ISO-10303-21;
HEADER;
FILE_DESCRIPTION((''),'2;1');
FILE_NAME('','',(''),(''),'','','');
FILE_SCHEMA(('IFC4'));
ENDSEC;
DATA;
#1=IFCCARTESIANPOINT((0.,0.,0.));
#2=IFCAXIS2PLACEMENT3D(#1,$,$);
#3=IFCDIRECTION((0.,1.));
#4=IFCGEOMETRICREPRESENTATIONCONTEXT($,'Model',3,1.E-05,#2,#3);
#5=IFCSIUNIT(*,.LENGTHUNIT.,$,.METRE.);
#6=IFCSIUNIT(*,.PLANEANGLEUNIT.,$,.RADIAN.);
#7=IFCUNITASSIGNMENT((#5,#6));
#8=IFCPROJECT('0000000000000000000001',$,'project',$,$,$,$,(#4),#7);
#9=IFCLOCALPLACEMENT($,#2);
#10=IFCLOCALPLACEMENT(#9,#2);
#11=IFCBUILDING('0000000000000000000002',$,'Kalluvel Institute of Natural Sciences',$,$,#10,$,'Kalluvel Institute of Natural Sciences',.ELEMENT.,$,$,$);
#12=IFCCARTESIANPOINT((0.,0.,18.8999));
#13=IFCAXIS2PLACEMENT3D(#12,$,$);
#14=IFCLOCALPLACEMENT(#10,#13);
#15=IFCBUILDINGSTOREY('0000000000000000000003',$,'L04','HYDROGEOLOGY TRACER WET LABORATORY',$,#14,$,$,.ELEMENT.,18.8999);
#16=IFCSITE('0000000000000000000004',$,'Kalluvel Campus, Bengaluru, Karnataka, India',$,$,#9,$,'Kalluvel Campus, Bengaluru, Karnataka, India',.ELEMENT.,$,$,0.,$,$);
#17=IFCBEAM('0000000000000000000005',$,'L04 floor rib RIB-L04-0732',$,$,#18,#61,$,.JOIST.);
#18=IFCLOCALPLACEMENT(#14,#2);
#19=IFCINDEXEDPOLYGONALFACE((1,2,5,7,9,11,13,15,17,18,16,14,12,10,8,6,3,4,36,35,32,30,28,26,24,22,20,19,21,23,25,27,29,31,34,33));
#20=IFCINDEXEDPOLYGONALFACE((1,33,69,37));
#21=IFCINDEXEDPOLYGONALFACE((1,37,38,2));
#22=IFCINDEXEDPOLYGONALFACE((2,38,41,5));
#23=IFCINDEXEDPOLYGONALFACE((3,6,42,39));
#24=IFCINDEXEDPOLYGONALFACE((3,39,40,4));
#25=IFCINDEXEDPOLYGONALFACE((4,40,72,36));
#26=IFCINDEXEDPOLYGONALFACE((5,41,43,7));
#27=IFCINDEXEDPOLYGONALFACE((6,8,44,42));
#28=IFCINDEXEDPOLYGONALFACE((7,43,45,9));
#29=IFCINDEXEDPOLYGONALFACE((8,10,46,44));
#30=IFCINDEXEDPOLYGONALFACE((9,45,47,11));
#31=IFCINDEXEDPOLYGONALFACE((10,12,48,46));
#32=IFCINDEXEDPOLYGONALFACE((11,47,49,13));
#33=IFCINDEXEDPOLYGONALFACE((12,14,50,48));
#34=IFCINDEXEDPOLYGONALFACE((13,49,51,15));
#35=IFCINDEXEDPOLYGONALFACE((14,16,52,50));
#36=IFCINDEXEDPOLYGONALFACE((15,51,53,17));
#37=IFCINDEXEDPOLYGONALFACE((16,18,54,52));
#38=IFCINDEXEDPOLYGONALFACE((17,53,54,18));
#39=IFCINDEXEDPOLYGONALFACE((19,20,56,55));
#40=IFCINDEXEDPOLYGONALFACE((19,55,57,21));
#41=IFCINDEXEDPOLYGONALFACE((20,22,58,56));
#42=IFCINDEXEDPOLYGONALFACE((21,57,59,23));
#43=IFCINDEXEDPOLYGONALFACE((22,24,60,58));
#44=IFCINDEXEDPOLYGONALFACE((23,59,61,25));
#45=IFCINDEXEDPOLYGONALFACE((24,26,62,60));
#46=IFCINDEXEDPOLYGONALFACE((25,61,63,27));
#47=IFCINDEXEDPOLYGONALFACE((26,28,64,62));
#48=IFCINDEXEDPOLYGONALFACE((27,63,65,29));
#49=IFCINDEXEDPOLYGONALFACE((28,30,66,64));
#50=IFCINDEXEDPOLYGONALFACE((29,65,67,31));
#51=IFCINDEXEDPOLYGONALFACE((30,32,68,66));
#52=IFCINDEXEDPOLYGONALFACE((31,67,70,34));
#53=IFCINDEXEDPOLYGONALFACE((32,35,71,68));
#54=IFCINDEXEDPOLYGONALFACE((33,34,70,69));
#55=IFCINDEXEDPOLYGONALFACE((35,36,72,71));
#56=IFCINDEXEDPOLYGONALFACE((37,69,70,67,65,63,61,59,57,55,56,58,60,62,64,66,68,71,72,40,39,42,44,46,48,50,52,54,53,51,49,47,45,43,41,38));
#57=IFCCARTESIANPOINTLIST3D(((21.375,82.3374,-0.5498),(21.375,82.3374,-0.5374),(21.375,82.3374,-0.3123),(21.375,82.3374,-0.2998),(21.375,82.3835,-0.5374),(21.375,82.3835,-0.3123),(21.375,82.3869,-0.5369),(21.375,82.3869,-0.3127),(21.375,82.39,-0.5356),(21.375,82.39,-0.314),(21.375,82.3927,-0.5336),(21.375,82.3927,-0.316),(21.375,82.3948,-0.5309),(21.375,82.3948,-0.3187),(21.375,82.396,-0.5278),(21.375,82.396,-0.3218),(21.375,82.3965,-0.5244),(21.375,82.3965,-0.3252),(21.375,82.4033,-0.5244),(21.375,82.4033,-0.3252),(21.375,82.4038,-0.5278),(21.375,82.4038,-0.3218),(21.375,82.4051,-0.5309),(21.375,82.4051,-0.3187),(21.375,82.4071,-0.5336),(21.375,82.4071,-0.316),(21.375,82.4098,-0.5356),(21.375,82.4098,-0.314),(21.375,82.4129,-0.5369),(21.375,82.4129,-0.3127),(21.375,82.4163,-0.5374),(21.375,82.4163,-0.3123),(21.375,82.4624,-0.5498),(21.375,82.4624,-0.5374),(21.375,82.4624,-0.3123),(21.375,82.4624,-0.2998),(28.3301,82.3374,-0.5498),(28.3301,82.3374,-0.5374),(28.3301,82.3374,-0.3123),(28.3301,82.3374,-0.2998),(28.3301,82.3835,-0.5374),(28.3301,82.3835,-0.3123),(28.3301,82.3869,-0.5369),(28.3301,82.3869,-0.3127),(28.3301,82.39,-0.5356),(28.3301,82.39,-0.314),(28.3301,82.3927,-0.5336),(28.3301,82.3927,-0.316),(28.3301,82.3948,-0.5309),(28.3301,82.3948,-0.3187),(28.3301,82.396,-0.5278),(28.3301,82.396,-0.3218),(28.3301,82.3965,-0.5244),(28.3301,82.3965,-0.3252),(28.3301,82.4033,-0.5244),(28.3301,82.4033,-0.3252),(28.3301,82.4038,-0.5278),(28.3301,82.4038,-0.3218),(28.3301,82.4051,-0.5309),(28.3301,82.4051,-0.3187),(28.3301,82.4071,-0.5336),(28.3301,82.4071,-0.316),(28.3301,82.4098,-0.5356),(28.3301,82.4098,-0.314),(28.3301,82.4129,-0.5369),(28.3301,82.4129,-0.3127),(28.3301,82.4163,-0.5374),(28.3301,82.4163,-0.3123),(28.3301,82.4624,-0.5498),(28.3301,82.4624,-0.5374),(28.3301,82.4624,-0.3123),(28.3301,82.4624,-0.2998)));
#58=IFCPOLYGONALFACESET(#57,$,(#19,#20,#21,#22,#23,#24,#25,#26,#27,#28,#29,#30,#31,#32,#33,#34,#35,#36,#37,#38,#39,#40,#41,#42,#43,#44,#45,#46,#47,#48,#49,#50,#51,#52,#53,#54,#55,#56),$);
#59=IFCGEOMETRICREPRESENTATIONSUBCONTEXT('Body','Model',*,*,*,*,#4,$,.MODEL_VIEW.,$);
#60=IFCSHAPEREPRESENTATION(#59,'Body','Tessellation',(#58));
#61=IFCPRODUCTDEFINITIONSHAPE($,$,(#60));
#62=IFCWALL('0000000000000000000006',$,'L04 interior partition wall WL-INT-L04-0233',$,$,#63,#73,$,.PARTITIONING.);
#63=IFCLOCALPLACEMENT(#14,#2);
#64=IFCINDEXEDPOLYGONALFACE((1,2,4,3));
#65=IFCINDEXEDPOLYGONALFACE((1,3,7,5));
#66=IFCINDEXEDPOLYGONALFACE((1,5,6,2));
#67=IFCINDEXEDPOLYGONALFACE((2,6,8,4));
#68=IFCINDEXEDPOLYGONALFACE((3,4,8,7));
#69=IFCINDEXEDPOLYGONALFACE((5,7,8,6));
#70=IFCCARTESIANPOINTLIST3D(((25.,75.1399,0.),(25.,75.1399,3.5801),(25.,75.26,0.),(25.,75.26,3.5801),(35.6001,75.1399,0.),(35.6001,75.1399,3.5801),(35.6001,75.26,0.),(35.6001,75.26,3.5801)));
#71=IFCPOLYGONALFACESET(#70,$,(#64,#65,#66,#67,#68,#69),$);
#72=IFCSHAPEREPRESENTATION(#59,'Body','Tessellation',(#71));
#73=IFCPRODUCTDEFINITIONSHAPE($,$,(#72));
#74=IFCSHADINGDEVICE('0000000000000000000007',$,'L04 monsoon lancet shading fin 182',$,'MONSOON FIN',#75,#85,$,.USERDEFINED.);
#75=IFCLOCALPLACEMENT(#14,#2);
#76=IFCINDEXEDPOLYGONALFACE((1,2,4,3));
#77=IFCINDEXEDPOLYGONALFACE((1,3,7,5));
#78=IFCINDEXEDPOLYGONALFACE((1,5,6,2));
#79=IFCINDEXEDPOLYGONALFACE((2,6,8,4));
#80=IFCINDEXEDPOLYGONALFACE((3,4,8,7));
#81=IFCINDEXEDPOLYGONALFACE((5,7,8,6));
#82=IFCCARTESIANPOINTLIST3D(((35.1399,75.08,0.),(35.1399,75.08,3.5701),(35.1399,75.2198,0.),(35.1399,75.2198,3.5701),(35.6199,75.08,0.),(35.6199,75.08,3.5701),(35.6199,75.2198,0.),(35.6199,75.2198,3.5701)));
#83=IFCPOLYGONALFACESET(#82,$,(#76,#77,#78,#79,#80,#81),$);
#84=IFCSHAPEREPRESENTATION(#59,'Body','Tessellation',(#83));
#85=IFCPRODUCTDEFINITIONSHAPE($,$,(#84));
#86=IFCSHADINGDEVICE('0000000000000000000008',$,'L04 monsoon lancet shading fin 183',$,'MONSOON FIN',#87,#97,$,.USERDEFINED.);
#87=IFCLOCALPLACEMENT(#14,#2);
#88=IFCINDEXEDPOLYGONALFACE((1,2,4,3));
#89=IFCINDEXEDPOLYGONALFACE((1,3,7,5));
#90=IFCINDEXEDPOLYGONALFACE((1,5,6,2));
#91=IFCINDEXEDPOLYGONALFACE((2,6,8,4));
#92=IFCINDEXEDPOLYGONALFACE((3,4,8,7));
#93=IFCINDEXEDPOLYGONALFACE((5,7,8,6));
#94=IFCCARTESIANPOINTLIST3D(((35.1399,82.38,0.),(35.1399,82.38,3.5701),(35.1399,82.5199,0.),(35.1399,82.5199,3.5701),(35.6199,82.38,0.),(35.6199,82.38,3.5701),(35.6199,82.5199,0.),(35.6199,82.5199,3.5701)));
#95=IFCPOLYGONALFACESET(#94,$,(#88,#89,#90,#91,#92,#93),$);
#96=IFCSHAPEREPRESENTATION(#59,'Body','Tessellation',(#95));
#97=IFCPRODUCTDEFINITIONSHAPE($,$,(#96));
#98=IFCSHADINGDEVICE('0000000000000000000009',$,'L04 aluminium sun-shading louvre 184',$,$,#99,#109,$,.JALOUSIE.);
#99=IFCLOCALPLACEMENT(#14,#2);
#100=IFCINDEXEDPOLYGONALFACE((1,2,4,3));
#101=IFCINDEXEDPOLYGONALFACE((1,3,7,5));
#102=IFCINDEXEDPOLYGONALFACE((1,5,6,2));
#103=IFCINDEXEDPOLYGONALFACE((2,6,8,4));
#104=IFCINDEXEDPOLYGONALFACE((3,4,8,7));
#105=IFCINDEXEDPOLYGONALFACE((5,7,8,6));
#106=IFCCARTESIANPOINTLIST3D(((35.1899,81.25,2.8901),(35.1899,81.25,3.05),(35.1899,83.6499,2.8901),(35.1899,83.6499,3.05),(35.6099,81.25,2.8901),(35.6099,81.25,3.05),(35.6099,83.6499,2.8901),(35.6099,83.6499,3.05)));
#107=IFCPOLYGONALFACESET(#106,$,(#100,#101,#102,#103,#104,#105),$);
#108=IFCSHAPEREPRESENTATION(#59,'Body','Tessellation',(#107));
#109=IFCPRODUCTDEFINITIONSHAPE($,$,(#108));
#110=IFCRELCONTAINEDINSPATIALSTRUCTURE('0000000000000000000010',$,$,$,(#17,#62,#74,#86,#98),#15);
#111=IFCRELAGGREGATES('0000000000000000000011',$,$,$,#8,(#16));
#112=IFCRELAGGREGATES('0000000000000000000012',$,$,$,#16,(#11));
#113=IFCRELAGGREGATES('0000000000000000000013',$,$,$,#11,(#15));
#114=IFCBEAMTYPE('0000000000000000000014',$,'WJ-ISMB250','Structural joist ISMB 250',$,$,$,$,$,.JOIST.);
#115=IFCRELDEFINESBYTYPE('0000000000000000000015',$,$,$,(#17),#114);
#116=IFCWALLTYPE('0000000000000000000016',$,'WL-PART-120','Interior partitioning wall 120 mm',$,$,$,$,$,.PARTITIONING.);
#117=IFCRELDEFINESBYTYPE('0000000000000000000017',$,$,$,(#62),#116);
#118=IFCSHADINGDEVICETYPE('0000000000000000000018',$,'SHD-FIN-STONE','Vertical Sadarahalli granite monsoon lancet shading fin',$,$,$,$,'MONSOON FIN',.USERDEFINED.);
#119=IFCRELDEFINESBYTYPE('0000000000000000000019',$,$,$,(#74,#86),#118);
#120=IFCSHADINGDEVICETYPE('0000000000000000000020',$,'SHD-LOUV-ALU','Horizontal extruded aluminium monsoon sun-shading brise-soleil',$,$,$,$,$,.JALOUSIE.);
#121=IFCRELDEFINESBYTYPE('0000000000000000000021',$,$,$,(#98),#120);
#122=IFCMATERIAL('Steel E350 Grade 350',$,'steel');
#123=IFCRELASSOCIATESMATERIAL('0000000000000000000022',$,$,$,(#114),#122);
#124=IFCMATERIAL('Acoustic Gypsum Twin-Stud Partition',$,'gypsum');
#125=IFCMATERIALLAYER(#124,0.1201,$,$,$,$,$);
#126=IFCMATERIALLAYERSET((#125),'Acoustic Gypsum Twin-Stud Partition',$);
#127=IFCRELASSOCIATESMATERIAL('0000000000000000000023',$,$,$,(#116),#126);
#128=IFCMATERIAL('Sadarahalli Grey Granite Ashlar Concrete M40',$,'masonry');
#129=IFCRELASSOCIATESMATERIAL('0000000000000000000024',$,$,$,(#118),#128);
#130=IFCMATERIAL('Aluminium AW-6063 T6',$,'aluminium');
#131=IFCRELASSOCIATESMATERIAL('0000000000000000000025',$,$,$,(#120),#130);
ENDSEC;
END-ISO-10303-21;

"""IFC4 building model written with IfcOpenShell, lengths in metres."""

from ifc_helpers import new_model, si_unit, direction, frame, frame_2d, origin, origin_2d, place, context, subcontext, project, spatial, rectangle, i_section, extrude, material, layer, layer_set, material_profile, profile_set, type_object, element, save


model = new_model("IFC4")

# Units and contexts
model_context = context("Model", 3, precision=1e-05, world=origin(), true_north=direction((0.0, 1.0)))
body_context = subcontext(model_context, "Body", "Model", "MODEL_VIEW")
ifc_project = project(units=[si_unit("LENGTHUNIT", "METRE"), si_unit("PLANEANGLEUNIT", "RADIAN")], contexts=[model_context])

# Site, building, storey
site_placement = place(None, origin())
site = spatial("IfcSite", under=ifc_project, at=site_placement, Name="Kalluvel Campus, Bengaluru, Karnataka, India", LongName="Kalluvel Campus, Bengaluru, Karnataka, India", CompositionType="ELEMENT", RefElevation=0.0)
building_placement = place(site_placement, origin())
building = spatial("IfcBuilding", under=site, at=building_placement, Name="Kalluvel Institute of Natural Sciences", LongName="Kalluvel Institute of Natural Sciences", CompositionType="ELEMENT")
storey_placement = place(building_placement, frame((0.0, 0.0, 18.8999)))
storey = spatial("IfcBuildingStorey", under=building, at=storey_placement, Name="L04", Description="HYDROGEOLOGY TRACER WET LABORATORY", CompositionType="ELEMENT", Elevation=18.8999)

# Beam
ifc_material_1 = material(Name="Steel E350 Grade 350", Category="steel")
ifc_material_profile_1 = material_profile(ifc_material_1, i_section(OverallWidth=0.125, OverallDepth=0.25, WebThickness=0.0068, FlangeThickness=0.0125, FilletRadius=0.0129, at=origin_2d()), Name="ISMB 250")
ifc_profile_set_1 = profile_set([ifc_material_profile_1], Name="Steel E350 Grade 350")
beam_type_1 = type_object("IfcBeamType", Name="WJ-ISMB250", Description="Structural joist ISMB 250", PredefinedType="JOIST", material=ifc_profile_set_1)
beam_1_placement = place(storey_placement, frame((21.375, 82.3999, -0.4248), z_axis=(1.0, 0.0, 0.0), x_axis=(0.0, 1.0, 0.0)))
element("IfcBeam", 1, at=beam_1_placement, inside=storey, type_object=beam_type_1, Name="L04 floor rib RIB-L04-0732", PredefinedType="JOIST", context=body_context, shape_type="SweptSolid", body=[
    extrude(i_section(OverallWidth=0.125, OverallDepth=0.25, WebThickness=0.0068, FlangeThickness=0.0125, FilletRadius=0.0129, at=origin_2d()), origin(), (0.0, 0.0, 1.0), 6.9551),
])

# Wall
ifc_material_2 = material(Name="Acoustic Gypsum Twin-Stud Partition", Category="gypsum")
ifc_layer = layer(ifc_material_2, 0.1201)
ifc_layer_set = layer_set([ifc_layer], Name="Acoustic Gypsum Twin-Stud Partition")
wall_type = type_object("IfcWallType", Name="WL-PART-120", Description="Interior partitioning wall 120 mm", PredefinedType="PARTITIONING", material=ifc_layer_set)
wall_placement = place(storey_placement, frame((25.0, 75.2, 0.0), z_axis=(0.0, 0.0, 1.0), x_axis=(1.0, 0.0, 0.0)))
element("IfcWall", 2, at=wall_placement, inside=storey, type_object=wall_type, Name="L04 interior partition wall WL-INT-L04-0233", PredefinedType="PARTITIONING", context=body_context, shape_type="SweptSolid", body=[
    extrude(rectangle(XDim=10.6001, YDim=0.1201, at=frame_2d((5.3, 0.0))), origin(), (0.0, 0.0, 1.0), 3.5801),
])

# Shading devices
ifc_material_3 = material(Name="Sadarahalli Grey Granite Ashlar Concrete M40", Category="masonry")
shading_device_type_1 = type_object("IfcShadingDeviceType", Name="SHD-FIN-STONE", Description="Vertical Sadarahalli granite monsoon lancet shading fin", ElementType="MONSOON FIN", PredefinedType="USERDEFINED", material=ifc_material_3)
for number, where, z_axis, x_axis, name in (
    (3, (35.3799, 75.1499, 0.0), (0.0, 0.0, 1.0), (0.0, 1.0, 0.0), "L04 monsoon lancet shading fin 182"),
    (4, (35.3799, 82.45, 0.0), (0.0, 0.0, 1.0), (0.0, 1.0, 0.0), "L04 monsoon lancet shading fin 183"),
):
    element("IfcShadingDevice", number, at=place(storey_placement, frame(where, z_axis=z_axis, x_axis=x_axis)), inside=storey, type_object=shading_device_type_1, Name=name, ObjectType="MONSOON FIN", PredefinedType="USERDEFINED", context=body_context, shape_type="SweptSolid", body=[
        extrude(rectangle(XDim=0.1399, YDim=0.48, at=origin_2d()), origin(), (0.0, 0.0, 1.0), 3.5701),
    ])
ifc_material_4 = material(Name="Aluminium AW-6063 T6", Category="aluminium")
shading_device_type_2 = type_object("IfcShadingDeviceType", Name="SHD-LOUV-ALU", Description="Horizontal extruded aluminium monsoon sun-shading brise-soleil", PredefinedType="JALOUSIE", material=ifc_material_4)
shading_device_placement = place(storey_placement, frame((35.3999, 82.45, 2.8901), z_axis=(0.0, 0.0, 1.0), x_axis=(0.0, 1.0, 0.0)))
element("IfcShadingDevice", 5, at=shading_device_placement, inside=storey, type_object=shading_device_type_2, Name="L04 aluminium sun-shading louvre 184", PredefinedType="JALOUSIE", context=body_context, shape_type="SweptSolid", body=[
    extrude(rectangle(XDim=2.3999, YDim=0.4199, at=origin_2d()), origin(), (0.0, 0.0, 1.0), 0.1599),
])

save(model, "model.ifc")
